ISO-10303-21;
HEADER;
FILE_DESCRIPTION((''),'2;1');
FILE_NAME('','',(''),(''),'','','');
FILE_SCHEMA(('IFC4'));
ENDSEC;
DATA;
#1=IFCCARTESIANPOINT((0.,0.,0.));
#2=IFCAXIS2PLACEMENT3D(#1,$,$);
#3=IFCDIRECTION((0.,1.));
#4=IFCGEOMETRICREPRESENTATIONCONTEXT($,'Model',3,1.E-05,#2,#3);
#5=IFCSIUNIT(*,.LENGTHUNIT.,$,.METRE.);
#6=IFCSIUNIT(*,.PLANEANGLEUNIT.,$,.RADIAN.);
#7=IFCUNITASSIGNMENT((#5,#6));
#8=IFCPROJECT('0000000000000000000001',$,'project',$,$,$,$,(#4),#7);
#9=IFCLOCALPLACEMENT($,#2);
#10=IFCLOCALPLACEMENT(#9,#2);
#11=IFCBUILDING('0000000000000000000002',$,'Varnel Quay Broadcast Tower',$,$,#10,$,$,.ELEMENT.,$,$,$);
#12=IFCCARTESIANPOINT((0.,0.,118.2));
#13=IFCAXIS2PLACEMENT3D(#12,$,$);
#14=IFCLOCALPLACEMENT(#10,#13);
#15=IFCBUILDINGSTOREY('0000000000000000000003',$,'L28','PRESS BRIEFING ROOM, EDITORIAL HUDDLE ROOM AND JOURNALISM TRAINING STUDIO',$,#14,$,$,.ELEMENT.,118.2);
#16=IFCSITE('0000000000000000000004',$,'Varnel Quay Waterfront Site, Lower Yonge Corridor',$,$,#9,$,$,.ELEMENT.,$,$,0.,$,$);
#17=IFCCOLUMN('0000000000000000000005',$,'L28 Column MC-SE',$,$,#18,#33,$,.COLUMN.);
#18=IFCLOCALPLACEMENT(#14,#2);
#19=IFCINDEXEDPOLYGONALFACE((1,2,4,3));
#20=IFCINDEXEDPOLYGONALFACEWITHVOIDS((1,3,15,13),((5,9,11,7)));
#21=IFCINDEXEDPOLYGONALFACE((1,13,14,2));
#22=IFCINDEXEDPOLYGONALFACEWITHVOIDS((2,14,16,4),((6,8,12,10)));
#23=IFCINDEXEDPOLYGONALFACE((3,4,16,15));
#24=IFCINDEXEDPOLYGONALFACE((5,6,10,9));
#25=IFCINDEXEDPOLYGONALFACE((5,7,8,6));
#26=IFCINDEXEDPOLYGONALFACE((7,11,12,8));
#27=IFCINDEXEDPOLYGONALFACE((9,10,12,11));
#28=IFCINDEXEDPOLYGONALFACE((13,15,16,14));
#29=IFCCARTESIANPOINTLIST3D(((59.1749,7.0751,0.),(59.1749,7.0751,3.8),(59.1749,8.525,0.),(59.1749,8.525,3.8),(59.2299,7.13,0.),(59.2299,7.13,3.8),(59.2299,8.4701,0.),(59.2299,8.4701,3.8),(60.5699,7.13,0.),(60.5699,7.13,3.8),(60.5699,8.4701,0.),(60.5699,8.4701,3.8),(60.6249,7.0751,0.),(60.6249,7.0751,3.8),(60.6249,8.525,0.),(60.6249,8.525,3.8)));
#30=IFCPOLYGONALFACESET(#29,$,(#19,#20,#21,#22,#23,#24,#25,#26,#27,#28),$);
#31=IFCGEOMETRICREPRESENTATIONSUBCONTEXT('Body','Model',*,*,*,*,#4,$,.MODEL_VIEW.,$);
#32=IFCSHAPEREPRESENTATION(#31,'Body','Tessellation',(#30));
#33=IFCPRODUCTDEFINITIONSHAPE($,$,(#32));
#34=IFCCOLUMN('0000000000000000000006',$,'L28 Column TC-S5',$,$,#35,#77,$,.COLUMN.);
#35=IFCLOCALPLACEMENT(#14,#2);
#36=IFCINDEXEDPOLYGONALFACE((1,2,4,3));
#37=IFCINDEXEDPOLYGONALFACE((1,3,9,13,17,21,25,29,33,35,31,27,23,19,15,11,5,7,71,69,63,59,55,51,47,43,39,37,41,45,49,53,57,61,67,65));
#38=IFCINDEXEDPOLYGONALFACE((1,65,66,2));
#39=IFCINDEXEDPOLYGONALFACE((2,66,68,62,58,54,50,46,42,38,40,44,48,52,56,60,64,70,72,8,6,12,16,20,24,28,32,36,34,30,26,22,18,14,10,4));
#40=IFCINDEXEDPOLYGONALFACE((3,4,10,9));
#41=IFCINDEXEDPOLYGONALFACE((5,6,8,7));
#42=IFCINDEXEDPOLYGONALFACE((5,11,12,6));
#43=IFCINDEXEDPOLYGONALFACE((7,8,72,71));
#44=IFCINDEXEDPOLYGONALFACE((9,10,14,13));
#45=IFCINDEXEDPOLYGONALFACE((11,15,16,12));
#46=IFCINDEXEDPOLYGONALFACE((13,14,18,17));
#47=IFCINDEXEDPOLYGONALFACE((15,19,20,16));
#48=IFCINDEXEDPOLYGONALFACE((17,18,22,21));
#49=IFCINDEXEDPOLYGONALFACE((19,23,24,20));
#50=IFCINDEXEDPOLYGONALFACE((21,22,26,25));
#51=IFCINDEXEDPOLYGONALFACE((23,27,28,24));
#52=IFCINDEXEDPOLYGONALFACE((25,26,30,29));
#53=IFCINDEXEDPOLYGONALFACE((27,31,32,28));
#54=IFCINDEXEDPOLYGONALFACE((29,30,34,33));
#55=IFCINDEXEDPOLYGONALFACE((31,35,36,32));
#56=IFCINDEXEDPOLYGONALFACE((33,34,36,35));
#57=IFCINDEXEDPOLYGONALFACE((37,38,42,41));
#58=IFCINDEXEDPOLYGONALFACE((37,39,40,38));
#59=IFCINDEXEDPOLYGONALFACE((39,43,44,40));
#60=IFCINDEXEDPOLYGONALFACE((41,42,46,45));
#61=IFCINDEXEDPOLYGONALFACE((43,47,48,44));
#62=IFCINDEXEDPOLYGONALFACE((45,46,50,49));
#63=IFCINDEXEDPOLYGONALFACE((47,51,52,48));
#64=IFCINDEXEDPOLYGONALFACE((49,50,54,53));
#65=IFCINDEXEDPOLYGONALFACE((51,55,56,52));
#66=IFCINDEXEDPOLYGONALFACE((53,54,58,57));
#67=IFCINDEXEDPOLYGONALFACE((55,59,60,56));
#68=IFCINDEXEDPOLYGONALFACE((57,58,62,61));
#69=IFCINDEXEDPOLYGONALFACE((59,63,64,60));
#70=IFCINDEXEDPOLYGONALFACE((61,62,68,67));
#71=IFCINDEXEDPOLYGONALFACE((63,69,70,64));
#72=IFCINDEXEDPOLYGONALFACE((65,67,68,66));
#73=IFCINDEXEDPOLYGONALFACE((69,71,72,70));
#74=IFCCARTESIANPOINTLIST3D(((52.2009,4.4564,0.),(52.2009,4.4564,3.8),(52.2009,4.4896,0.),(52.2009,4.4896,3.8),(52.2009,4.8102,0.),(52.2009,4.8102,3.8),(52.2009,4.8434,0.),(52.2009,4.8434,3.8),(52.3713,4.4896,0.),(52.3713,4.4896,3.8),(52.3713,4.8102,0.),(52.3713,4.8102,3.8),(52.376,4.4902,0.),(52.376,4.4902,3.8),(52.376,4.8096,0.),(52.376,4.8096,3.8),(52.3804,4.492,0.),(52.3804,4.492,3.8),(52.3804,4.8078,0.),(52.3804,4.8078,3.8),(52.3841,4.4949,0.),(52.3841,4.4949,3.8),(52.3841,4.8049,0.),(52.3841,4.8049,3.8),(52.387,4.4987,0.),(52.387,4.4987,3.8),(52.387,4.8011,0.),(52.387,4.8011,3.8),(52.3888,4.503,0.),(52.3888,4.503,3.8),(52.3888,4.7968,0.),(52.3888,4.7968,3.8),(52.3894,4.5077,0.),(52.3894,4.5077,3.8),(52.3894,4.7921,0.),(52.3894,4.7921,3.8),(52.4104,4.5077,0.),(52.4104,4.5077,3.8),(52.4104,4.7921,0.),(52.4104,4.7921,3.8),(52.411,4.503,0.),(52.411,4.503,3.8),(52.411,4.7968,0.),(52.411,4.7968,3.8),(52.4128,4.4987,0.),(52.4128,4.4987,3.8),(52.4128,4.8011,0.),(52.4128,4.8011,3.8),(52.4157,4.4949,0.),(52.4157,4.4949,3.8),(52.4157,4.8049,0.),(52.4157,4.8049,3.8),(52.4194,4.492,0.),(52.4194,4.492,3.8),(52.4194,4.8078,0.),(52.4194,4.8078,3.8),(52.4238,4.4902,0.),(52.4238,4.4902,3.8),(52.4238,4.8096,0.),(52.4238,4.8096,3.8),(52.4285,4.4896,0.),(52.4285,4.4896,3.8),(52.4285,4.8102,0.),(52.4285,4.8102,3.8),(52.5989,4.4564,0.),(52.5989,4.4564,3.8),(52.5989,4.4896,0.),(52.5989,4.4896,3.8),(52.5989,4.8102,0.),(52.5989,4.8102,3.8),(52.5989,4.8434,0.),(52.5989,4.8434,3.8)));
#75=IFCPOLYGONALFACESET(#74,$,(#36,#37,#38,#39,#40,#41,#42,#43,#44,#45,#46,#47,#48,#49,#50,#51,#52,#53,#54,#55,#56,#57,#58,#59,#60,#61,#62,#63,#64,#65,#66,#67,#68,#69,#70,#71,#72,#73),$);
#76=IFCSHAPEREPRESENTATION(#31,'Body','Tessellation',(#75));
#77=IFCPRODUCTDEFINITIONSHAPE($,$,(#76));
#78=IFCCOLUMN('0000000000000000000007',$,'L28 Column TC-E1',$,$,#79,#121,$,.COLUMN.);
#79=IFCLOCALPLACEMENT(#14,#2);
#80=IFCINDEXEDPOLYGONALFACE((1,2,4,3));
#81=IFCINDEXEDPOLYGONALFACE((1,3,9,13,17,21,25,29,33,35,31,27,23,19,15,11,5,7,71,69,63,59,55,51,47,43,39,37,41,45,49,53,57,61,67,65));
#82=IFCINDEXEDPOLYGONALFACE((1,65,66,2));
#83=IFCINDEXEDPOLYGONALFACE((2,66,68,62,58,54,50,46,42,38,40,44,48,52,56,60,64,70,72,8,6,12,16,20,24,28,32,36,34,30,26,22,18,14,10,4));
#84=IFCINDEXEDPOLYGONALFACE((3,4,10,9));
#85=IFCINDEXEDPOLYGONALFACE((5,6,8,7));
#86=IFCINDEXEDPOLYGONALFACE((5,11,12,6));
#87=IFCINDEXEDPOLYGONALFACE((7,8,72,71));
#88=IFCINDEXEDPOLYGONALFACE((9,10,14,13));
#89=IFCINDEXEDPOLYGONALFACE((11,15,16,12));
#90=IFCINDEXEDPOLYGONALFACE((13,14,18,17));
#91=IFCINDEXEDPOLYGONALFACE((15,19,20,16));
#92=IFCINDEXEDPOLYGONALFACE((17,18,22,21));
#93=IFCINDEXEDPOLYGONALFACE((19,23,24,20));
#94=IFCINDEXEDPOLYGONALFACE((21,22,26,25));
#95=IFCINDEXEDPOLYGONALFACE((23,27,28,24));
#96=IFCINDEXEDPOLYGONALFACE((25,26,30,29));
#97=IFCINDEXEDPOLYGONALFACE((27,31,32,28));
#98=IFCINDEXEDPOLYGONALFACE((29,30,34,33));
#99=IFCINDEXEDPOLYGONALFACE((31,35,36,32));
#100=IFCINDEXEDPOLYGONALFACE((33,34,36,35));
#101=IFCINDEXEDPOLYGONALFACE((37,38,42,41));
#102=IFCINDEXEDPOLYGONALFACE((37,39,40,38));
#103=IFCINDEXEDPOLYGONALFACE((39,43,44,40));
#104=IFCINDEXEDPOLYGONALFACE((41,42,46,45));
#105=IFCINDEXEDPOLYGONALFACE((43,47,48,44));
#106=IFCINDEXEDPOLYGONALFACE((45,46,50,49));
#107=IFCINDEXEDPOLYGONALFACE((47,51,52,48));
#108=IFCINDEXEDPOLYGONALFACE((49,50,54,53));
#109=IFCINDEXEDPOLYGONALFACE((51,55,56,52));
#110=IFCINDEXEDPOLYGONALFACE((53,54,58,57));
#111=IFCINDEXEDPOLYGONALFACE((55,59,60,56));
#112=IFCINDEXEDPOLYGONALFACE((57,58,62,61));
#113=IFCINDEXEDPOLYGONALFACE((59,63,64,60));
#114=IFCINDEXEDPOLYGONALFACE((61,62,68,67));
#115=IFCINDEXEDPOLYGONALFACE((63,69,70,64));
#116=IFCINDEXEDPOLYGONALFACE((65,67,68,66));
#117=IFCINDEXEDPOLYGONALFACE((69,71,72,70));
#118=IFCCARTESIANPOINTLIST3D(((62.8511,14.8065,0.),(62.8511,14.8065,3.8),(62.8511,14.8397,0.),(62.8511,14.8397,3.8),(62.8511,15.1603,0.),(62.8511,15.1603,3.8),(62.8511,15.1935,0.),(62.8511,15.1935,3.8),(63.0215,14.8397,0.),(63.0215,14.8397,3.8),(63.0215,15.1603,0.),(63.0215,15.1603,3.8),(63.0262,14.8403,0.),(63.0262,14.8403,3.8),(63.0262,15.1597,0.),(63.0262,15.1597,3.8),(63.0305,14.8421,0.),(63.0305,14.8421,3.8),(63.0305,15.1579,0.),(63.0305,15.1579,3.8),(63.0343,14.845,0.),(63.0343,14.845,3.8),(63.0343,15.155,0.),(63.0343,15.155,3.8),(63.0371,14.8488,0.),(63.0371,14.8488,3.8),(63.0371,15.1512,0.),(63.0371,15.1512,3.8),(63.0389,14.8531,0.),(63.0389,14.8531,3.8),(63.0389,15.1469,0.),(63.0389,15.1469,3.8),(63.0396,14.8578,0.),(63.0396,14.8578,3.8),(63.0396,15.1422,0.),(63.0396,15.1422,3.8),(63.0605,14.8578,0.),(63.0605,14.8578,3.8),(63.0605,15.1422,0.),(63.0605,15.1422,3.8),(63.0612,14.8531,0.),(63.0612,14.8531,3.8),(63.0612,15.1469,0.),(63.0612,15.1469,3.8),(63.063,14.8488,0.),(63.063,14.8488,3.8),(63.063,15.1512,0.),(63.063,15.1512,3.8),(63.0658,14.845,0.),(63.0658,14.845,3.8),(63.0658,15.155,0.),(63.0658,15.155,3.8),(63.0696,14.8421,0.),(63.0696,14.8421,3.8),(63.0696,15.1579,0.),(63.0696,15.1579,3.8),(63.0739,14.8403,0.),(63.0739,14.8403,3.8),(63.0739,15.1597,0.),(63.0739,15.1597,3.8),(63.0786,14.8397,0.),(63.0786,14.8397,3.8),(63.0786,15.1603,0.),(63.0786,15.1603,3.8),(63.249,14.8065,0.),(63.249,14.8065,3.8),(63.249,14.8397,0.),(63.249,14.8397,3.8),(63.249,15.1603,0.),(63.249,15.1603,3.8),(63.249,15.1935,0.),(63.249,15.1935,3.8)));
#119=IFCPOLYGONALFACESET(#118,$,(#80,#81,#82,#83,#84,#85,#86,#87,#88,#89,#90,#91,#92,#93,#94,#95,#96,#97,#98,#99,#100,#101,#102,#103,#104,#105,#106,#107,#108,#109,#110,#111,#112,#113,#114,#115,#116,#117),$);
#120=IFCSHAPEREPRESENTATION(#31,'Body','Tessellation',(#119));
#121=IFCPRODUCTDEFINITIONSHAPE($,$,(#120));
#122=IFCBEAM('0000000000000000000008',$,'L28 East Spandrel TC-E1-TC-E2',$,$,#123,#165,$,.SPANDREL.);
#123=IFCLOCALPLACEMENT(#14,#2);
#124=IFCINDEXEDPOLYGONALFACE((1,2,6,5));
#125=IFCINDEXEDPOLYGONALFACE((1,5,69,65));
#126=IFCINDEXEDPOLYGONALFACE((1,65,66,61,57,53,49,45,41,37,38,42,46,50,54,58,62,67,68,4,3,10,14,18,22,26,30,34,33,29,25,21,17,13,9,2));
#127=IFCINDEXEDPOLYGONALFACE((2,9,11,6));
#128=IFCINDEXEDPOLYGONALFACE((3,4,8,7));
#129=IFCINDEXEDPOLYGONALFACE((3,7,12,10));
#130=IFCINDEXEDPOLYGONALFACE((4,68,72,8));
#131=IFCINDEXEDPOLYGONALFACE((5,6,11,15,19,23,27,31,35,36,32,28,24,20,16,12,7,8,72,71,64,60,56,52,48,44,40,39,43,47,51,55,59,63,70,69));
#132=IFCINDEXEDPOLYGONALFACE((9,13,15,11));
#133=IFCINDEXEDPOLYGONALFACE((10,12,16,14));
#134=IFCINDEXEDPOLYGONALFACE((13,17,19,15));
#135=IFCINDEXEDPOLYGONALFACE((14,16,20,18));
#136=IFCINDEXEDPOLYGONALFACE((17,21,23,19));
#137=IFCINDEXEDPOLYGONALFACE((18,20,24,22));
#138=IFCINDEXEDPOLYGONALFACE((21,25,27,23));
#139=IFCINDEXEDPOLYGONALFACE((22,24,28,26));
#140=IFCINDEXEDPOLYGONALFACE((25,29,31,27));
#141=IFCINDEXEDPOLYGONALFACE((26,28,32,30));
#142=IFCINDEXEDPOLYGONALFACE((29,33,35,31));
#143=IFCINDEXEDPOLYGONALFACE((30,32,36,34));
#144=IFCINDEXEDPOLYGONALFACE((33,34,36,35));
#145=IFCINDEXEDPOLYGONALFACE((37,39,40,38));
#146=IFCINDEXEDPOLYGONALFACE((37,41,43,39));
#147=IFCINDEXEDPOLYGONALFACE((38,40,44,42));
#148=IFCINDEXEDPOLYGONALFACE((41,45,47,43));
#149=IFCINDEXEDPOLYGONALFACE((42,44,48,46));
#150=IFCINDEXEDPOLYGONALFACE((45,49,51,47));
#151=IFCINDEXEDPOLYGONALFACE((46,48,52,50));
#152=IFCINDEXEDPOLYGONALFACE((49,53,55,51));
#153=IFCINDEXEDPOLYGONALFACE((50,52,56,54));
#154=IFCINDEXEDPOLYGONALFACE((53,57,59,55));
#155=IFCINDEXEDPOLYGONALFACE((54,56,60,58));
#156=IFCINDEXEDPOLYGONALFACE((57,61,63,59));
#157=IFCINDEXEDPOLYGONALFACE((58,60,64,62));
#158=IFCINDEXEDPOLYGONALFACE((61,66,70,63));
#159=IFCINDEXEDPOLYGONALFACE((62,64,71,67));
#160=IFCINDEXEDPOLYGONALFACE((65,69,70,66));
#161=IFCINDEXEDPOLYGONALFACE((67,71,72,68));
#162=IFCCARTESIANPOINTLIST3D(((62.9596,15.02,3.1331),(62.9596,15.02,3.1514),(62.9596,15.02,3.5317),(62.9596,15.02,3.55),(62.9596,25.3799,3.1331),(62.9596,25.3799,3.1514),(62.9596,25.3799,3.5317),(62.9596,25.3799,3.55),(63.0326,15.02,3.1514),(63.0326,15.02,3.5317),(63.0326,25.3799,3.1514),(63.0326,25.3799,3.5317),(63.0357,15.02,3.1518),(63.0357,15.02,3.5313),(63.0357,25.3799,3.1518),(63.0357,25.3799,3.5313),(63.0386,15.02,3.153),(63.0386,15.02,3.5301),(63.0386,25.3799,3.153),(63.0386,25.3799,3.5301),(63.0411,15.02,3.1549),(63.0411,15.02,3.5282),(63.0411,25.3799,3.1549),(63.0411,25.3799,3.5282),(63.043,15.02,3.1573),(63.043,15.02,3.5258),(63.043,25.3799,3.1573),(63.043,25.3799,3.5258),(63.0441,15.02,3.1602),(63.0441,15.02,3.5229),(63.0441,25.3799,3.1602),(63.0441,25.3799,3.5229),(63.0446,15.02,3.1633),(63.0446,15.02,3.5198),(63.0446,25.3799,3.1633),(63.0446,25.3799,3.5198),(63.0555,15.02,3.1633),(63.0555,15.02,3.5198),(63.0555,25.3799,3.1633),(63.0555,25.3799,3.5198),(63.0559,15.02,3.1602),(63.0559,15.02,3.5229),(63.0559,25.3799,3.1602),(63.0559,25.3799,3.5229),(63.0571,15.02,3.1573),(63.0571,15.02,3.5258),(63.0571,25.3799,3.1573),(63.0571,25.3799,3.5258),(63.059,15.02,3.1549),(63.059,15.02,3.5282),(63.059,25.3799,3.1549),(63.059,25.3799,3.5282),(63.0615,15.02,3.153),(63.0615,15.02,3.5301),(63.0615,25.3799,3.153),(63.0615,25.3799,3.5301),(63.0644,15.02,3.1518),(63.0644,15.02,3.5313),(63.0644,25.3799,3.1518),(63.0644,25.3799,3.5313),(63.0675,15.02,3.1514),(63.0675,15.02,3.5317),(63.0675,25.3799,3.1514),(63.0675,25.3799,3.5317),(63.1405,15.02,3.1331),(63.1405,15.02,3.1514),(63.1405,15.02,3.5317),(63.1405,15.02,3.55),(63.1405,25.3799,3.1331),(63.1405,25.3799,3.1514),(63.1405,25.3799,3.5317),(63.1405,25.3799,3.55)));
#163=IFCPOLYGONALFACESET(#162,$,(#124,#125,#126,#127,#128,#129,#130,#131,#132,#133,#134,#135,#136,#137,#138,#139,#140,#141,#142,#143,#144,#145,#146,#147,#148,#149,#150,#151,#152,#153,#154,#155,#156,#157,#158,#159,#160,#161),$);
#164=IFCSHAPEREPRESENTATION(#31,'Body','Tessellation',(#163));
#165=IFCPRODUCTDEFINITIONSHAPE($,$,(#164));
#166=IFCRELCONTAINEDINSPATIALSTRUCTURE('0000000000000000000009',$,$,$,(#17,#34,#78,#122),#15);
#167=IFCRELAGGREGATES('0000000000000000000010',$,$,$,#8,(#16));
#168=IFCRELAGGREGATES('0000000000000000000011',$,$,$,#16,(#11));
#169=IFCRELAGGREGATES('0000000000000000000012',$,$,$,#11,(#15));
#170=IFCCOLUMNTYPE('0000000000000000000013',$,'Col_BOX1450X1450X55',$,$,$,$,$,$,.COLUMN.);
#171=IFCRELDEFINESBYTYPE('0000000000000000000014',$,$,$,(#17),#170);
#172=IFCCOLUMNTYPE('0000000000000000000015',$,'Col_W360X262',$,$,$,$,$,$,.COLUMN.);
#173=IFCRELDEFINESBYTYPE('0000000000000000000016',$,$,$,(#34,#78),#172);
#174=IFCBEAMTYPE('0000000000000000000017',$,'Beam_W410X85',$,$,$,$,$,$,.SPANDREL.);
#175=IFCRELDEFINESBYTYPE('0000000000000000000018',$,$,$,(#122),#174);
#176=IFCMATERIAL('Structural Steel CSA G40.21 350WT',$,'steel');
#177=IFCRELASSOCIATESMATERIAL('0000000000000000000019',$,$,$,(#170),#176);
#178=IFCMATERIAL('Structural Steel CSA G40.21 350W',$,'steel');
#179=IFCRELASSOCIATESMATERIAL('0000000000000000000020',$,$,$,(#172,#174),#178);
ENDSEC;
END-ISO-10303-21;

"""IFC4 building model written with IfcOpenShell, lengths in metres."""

from ifc_helpers import new_model, si_unit, direction, frame, origin, origin_2d, place, context, subcontext, project, spatial, hollow_rectangle, i_section, extrude, source, transform, mapped, material, material_profile, profile_set, type_object, type_shapes, element, save


model = new_model("IFC4")

# Units and contexts
model_context = context("Model", 3, precision=1e-05, world=origin(), true_north=direction((0.0, 1.0)))
body_context = subcontext(model_context, "Body", "Model", "MODEL_VIEW")
ifc_project = project(units=[si_unit("LENGTHUNIT", "METRE"), si_unit("PLANEANGLEUNIT", "RADIAN")], contexts=[model_context])

# Site, building, storey
site_placement = place(None, origin())
site = spatial("IfcSite", under=ifc_project, at=site_placement, Name="Varnel Quay Waterfront Site, Lower Yonge Corridor", CompositionType="ELEMENT", RefElevation=0.0)
building_placement = place(site_placement, origin())
building = spatial("IfcBuilding", under=site, at=building_placement, Name="Varnel Quay Broadcast Tower", CompositionType="ELEMENT")
storey_placement = place(building_placement, frame((0.0, 0.0, 118.2)))
storey = spatial("IfcBuildingStorey", under=building, at=storey_placement, Name="L28", Description="PRESS BRIEFING ROOM, EDITORIAL HUDDLE ROOM AND JOURNALISM TRAINING STUDIO", CompositionType="ELEMENT", Elevation=118.2)

# Columns
ifc_material_1 = material(Name="Structural Steel CSA G40.21 350WT", Category="steel")
ifc_material_profile_1 = material_profile(ifc_material_1, hollow_rectangle(XDim=1.45, YDim=1.45, WallThickness=0.0549, at=origin_2d()), Name="BOX1450X1450X55")
ifc_profile_set_1 = profile_set([ifc_material_profile_1], Name="Structural Steel CSA G40.21 350WT")
column_type_1 = type_object("IfcColumnType", Name="Col_BOX1450X1450X55", PredefinedType="COLUMN", material=ifc_profile_set_1)
shared_shape_1 = source(origin(), body_context, "Body", "SweptSolid", [
    extrude(hollow_rectangle(XDim=1.45, YDim=1.45, WallThickness=0.0549, at=origin_2d()), origin(), (0.0, 0.0, 1.0), 3.8),
])
type_shapes(column_type_1, [shared_shape_1])
column_placement = place(storey_placement, frame((59.8999, 7.8, 0.0), z_axis=(0.0, 0.0, 1.0), x_axis=(1.0, 0.0, 0.0)))
element("IfcColumn", 1, at=column_placement, inside=storey, type_object=column_type_1, Name="L28 Column MC-SE", PredefinedType="COLUMN", context=body_context, shape_type="MappedRepresentation", body=[
    mapped(shared_shape_1, transform((0.0, 0.0, 0.0), x_axis=(1.0, 0.0, 0.0), y_axis=(0.0, 1.0, 0.0), z_axis=(0.0, 0.0, 1.0), scale=1.0)),
])
ifc_material_2 = material(Name="Structural Steel CSA G40.21 350W", Category="steel")
ifc_material_profile_2 = material_profile(ifc_material_2, i_section(OverallWidth=0.3979, OverallDepth=0.387, WebThickness=0.021, FlangeThickness=0.0332, FilletRadius=0.0181, at=origin_2d()), Name="W360X262")
ifc_profile_set_2 = profile_set([ifc_material_profile_2], Name="Structural Steel CSA G40.21 350W")
column_type_2 = type_object("IfcColumnType", Name="Col_W360X262", PredefinedType="COLUMN", material=ifc_profile_set_2)
shared_shape_2 = source(origin(), body_context, "Body", "SweptSolid", [
    extrude(i_section(OverallWidth=0.3979, OverallDepth=0.387, WebThickness=0.021, FlangeThickness=0.0332, FilletRadius=0.0181, at=origin_2d()), origin(), (0.0, 0.0, 1.0), 3.8),
])
type_shapes(column_type_2, [shared_shape_2])
for number, where, z_axis, x_axis, name in (
    (2, (52.3999, 4.6499, 0.0), (0.0, 0.0, 1.0), (1.0, 0.0, 0.0), "L28 Column TC-S5"),
    (3, (63.05, 15.0, 0.0), (0.0, 0.0, 1.0), (1.0, 0.0, 0.0), "L28 Column TC-E1"),
):
    element("IfcColumn", number, at=place(storey_placement, frame(where, z_axis=z_axis, x_axis=x_axis)), inside=storey, type_object=column_type_2, Name=name, PredefinedType="COLUMN", context=body_context, shape_type="MappedRepresentation", body=[
        mapped(shared_shape_2, transform((0.0, 0.0, 0.0), x_axis=(1.0, 0.0, 0.0), y_axis=(0.0, 1.0, 0.0), z_axis=(0.0, 0.0, 1.0), scale=1.0)),
    ])

# Beam
ifc_material_profile_3 = material_profile(ifc_material_2, i_section(OverallWidth=0.1809, OverallDepth=0.417, WebThickness=0.011, FlangeThickness=0.0183, FilletRadius=0.012, at=origin_2d()), Name="W410X85")
ifc_profile_set_3 = profile_set([ifc_material_profile_3], Name="Structural Steel CSA G40.21 350W")
beam_type = type_object("IfcBeamType", Name="Beam_W410X85", PredefinedType="SPANDREL", material=ifc_profile_set_3)
shared_shape_3 = source(origin(), body_context, "Body", "SweptSolid", [
    extrude(i_section(OverallWidth=0.1809, OverallDepth=0.417, WebThickness=0.011, FlangeThickness=0.0183, FilletRadius=0.012, at=origin_2d()), origin(), (0.0, 0.0, 1.0), 10.3599),
])
beam_1_placement = place(storey_placement, frame((63.05, 15.02, 3.3416), z_axis=(0.0, 1.0, 0.0), x_axis=(-1.0, 0.0, 0.0)))
element("IfcBeam", 4, at=beam_1_placement, inside=storey, type_object=beam_type, Name="L28 East Spandrel TC-E1-TC-E2", PredefinedType="SPANDREL", context=body_context, shape_type="MappedRepresentation", body=[
    mapped(shared_shape_3, transform((0.0, 0.0, 0.0), x_axis=(1.0, 0.0, 0.0), y_axis=(0.0, 1.0, 0.0), z_axis=(0.0, 0.0, 1.0), scale=1.0)),
])

save(model, "model.ifc")
